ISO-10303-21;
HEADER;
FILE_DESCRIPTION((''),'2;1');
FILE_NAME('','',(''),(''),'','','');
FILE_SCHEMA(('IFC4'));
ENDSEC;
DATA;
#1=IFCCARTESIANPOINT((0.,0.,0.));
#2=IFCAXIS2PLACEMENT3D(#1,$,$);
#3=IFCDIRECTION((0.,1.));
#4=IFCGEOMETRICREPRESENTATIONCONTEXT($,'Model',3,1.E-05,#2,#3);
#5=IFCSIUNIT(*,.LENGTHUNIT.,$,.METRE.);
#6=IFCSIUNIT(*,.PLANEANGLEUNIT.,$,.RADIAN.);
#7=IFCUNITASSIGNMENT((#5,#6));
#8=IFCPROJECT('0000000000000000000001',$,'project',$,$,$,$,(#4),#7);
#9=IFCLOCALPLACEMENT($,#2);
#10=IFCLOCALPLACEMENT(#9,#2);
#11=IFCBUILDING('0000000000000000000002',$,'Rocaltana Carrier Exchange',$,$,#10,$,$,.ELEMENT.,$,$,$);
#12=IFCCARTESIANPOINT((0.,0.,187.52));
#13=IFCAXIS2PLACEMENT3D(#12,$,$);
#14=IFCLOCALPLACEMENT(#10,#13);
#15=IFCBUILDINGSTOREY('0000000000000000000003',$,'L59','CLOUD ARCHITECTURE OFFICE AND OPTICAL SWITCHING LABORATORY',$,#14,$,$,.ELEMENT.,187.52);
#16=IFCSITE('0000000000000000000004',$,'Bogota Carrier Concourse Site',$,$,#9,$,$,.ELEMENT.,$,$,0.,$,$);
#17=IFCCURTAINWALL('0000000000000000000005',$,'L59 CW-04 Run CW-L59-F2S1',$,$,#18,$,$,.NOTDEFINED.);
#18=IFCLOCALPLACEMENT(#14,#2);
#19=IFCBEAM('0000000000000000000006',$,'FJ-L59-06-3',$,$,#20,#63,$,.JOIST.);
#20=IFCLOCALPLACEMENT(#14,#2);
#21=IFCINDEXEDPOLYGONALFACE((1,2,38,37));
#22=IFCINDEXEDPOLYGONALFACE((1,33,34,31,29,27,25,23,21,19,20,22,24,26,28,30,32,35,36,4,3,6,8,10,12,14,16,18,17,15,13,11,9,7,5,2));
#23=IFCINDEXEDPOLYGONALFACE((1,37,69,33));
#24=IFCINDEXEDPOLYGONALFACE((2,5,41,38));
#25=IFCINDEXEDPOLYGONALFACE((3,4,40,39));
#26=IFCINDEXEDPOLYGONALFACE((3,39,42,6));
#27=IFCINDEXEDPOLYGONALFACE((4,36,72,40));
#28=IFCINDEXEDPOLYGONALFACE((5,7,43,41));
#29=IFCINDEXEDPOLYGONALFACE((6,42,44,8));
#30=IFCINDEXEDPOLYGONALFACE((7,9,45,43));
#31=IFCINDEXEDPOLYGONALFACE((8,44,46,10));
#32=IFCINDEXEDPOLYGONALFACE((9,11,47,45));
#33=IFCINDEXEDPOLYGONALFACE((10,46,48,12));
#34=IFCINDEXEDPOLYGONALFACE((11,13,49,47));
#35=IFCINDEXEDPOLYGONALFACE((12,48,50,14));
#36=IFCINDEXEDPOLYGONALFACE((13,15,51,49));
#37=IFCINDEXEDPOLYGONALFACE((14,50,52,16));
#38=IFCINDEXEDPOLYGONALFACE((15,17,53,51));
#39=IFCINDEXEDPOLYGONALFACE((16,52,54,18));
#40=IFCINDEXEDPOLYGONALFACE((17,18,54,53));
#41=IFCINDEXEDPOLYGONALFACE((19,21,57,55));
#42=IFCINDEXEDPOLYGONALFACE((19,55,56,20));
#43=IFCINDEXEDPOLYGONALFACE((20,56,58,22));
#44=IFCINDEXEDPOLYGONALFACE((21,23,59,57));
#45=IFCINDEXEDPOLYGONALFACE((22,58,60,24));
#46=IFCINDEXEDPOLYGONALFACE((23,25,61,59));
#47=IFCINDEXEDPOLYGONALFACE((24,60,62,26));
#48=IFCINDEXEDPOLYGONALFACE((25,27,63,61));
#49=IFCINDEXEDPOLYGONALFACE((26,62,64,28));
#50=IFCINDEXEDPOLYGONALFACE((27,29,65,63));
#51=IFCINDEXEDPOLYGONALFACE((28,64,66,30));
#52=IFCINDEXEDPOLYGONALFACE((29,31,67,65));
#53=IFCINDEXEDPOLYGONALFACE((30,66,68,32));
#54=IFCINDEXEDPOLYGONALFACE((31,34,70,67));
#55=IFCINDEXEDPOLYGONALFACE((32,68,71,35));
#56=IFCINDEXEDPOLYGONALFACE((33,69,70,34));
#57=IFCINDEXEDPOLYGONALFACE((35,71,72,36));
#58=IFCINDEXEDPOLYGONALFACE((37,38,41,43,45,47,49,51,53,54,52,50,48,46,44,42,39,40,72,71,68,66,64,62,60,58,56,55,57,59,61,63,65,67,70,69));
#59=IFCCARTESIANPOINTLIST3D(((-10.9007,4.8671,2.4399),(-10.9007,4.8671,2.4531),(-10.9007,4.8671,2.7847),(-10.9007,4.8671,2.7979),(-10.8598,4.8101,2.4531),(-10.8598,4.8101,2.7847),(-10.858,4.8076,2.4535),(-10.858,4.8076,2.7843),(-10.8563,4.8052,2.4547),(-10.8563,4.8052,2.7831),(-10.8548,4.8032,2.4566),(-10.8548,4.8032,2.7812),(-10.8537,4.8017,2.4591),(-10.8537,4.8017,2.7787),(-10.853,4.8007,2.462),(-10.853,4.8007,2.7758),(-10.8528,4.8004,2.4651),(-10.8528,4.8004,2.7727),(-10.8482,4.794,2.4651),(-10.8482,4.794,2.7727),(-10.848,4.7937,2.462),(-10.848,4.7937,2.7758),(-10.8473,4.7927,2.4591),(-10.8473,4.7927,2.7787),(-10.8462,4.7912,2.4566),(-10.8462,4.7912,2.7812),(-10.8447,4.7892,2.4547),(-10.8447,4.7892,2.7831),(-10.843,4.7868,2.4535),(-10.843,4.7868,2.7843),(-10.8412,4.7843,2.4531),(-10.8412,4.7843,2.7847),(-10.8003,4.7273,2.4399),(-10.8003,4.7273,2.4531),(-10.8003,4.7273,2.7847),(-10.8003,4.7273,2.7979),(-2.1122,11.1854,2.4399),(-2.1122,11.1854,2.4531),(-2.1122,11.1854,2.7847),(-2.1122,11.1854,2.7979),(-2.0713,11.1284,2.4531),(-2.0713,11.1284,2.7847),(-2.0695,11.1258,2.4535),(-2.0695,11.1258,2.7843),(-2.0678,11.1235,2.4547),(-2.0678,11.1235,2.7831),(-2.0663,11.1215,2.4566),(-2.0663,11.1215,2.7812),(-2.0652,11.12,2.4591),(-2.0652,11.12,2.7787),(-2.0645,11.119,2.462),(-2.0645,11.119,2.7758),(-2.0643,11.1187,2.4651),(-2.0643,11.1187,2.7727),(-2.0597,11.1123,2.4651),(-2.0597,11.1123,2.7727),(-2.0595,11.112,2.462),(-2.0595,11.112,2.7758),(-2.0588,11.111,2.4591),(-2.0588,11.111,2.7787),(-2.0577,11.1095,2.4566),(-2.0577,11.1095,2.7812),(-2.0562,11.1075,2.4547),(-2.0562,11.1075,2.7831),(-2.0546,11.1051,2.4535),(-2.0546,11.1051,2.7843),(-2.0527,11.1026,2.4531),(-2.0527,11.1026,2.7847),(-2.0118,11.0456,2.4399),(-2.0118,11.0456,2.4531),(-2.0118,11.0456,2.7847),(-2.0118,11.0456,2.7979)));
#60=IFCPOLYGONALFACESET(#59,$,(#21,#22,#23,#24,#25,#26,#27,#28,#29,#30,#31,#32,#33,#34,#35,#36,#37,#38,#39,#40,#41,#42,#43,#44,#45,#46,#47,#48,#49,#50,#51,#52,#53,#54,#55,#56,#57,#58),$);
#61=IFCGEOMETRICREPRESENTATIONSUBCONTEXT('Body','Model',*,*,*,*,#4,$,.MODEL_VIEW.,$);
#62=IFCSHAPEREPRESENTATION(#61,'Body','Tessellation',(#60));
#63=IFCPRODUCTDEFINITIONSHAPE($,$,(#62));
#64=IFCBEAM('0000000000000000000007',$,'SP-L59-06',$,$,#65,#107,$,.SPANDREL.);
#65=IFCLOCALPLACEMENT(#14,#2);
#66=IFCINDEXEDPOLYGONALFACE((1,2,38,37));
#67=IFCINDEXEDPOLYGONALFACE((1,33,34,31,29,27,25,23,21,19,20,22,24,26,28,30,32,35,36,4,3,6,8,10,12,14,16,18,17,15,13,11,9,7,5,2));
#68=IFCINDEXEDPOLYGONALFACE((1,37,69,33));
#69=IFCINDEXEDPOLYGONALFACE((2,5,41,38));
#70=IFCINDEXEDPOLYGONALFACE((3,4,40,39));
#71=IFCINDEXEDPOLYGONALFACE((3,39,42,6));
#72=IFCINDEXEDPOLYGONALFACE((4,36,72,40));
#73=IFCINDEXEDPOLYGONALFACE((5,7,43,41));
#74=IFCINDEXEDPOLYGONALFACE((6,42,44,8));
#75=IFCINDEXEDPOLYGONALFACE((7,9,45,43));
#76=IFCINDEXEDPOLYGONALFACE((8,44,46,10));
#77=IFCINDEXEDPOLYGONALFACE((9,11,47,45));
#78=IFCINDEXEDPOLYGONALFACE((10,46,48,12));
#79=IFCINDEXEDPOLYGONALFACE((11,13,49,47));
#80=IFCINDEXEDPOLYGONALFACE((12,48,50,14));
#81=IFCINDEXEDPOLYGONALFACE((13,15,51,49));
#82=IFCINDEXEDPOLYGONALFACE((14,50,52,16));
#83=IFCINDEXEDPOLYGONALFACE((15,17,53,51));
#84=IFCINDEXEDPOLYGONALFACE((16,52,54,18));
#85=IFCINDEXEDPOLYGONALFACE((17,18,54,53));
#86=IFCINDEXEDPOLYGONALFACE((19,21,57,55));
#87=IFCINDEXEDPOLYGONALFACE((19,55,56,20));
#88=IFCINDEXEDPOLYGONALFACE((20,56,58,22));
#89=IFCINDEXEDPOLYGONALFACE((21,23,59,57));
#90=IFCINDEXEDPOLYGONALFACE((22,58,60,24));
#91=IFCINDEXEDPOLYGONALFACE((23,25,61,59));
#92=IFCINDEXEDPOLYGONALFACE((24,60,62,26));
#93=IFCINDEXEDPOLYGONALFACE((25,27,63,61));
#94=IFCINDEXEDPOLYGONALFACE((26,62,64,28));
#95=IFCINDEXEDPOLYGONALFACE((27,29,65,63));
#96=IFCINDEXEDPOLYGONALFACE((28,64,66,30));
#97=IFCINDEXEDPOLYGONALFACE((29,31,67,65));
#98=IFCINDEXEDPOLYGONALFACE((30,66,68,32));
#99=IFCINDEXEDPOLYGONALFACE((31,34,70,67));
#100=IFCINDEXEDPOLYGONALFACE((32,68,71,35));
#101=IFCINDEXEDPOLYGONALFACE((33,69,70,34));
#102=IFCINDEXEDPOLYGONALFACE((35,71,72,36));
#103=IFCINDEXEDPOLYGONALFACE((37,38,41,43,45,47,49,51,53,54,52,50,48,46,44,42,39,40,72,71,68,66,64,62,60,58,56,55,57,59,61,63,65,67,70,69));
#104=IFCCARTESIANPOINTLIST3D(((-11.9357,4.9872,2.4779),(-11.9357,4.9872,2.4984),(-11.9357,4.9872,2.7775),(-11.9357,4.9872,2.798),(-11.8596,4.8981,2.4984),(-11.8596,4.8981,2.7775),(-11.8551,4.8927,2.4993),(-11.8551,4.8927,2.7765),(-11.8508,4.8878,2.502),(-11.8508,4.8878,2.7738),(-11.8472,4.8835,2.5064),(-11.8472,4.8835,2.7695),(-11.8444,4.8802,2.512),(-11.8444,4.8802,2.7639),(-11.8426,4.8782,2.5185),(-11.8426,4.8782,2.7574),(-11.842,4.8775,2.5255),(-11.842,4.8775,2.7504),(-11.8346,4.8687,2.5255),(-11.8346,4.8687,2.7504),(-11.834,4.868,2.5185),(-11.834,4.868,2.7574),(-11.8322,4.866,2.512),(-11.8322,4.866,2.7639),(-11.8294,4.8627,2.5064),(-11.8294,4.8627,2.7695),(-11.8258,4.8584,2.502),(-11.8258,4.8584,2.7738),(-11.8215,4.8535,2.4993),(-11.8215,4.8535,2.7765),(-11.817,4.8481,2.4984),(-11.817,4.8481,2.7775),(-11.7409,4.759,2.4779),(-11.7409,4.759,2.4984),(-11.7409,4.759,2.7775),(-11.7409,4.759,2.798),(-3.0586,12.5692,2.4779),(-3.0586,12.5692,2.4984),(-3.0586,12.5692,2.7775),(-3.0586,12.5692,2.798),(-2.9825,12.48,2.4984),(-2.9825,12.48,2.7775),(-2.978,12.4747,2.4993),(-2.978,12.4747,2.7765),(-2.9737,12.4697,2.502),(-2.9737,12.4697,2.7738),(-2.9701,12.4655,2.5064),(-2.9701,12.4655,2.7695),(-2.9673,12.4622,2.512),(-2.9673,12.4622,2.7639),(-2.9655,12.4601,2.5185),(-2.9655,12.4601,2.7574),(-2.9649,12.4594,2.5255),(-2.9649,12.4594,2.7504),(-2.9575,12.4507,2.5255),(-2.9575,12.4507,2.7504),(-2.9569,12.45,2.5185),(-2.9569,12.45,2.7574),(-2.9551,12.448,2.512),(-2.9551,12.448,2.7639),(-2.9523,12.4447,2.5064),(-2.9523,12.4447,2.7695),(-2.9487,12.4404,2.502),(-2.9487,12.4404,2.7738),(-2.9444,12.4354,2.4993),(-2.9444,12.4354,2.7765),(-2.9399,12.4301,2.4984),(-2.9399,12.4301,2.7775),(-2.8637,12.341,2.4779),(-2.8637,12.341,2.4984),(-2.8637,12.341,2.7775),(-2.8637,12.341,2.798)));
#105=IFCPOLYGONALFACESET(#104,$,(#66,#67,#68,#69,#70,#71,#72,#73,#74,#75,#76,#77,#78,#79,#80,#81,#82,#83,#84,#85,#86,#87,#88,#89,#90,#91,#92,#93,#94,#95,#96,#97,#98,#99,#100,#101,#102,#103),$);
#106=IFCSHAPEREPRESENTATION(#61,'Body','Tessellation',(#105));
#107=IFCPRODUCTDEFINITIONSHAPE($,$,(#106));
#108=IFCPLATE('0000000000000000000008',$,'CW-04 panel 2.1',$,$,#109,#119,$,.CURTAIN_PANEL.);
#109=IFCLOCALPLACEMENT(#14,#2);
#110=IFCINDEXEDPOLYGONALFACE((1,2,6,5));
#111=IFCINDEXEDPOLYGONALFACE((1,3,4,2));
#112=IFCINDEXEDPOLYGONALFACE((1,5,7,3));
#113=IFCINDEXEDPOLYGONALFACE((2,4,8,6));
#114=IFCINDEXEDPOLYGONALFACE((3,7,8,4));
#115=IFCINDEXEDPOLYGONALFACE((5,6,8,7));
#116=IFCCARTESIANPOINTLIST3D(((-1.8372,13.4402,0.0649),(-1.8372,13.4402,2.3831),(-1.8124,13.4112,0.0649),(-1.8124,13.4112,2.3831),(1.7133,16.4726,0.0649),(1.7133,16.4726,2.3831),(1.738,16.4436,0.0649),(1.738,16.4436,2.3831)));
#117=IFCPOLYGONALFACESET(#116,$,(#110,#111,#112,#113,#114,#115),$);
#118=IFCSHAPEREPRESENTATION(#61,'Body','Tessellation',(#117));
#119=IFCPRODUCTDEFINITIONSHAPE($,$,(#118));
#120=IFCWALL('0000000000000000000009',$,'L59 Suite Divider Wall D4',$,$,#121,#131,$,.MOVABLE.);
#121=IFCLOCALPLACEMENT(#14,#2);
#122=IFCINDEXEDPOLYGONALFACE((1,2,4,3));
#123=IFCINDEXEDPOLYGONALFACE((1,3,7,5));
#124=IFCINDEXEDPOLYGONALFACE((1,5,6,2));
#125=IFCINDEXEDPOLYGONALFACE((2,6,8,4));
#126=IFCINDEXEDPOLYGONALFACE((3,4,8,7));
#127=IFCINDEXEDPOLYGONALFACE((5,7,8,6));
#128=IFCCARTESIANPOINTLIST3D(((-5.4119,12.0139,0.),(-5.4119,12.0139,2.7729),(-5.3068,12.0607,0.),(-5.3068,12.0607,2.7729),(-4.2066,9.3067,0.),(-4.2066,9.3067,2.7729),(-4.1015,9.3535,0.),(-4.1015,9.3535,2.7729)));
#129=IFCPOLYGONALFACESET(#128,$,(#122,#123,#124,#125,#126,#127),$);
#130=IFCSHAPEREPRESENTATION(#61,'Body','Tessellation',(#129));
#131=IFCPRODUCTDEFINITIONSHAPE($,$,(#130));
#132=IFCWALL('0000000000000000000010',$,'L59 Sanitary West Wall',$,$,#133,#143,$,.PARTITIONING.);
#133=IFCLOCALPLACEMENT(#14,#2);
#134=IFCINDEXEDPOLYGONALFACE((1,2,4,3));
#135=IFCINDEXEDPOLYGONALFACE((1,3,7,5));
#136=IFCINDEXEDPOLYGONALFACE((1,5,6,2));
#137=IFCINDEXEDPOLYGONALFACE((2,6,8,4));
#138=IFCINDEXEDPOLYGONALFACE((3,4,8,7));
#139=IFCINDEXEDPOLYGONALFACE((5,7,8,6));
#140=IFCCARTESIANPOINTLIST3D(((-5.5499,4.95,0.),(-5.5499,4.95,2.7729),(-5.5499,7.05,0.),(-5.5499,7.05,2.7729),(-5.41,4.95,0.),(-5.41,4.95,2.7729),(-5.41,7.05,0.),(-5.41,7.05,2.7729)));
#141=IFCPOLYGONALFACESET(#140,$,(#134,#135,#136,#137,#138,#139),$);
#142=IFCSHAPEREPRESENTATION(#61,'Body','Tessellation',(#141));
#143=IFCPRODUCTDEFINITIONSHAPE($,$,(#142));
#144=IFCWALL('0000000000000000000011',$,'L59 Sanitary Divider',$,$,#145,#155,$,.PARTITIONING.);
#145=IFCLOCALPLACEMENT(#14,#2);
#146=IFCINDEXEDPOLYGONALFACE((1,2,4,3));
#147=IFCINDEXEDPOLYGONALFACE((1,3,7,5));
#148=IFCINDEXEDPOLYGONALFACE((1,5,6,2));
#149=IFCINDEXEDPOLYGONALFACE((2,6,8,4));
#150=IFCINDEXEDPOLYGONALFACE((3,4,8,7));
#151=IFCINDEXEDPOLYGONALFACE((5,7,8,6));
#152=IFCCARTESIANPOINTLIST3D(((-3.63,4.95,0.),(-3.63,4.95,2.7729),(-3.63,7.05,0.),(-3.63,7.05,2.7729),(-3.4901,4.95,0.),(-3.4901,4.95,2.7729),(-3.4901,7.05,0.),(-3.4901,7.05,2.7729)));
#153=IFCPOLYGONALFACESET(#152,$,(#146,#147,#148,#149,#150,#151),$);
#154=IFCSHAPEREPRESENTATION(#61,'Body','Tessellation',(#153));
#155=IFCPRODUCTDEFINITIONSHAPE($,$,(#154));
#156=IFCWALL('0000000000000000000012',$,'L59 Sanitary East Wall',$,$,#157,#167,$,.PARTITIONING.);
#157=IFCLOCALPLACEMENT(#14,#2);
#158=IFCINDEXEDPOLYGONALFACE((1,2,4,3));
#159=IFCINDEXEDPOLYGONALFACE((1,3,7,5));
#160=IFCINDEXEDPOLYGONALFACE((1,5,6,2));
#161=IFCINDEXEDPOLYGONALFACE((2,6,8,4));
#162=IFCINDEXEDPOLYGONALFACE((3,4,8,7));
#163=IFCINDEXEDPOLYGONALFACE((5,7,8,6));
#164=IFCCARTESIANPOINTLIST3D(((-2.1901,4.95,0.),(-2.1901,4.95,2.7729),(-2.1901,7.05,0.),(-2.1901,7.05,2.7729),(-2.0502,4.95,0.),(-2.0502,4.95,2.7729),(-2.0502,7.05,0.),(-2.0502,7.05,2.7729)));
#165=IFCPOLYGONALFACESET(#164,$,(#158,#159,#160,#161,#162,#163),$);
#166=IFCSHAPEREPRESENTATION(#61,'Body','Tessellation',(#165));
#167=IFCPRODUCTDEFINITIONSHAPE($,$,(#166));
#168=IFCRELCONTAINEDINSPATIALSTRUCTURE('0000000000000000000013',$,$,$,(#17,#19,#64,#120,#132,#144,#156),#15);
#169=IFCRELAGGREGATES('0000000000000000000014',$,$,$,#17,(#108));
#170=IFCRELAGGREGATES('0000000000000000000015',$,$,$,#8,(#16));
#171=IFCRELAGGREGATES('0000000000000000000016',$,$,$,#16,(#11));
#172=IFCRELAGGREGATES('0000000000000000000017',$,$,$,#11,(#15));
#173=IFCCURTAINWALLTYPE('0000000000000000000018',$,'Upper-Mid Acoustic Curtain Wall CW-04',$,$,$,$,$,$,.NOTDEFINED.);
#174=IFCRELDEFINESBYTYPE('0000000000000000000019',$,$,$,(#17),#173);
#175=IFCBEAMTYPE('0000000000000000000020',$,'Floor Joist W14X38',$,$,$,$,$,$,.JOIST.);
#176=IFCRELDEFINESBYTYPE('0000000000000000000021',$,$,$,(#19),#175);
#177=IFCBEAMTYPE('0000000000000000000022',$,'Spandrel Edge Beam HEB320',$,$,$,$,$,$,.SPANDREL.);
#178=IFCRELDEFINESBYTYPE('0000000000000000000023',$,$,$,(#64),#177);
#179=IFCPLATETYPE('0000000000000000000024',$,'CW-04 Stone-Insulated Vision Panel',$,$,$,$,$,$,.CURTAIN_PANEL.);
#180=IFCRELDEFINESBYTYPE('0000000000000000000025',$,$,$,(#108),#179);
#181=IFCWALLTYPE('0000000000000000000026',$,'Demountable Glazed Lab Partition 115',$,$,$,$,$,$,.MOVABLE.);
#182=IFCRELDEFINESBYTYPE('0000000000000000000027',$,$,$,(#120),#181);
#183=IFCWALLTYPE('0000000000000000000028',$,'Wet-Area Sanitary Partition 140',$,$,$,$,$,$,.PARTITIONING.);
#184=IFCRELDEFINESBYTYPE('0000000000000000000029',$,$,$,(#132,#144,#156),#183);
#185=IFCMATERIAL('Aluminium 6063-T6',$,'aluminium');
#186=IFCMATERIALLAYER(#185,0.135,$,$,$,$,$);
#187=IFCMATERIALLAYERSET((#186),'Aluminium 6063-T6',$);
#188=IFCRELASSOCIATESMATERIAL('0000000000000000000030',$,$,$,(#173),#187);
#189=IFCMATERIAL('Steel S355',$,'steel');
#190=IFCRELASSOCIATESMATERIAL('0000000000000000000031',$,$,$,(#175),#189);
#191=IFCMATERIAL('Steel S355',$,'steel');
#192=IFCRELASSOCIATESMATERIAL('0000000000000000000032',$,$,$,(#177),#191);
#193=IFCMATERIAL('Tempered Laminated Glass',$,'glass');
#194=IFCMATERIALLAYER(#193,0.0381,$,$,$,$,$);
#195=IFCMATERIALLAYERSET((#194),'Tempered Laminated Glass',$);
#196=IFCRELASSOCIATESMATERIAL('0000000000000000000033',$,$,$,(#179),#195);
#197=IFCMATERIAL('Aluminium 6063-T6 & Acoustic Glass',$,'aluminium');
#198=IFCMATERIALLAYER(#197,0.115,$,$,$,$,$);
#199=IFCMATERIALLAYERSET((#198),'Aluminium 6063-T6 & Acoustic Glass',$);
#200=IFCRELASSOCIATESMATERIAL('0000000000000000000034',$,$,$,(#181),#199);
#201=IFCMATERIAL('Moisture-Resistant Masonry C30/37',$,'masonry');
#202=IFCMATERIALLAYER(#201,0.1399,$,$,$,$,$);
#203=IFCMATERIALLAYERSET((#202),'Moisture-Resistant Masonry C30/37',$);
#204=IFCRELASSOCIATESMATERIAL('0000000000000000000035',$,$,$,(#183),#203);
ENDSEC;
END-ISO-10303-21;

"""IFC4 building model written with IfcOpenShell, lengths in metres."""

from ifc_helpers import new_model, si_unit, direction, frame, frame_2d, origin, origin_2d, place, context, subcontext, project, spatial, rectangle, i_section, extrude, material, layer, layer_set, material_profile, profile_set, type_object, element, aggregate, save


model = new_model("IFC4")

# Units and contexts
model_context = context("Model", 3, precision=1e-05, world=origin(), true_north=direction((0.0, 1.0)))
body_context = subcontext(model_context, "Body", "Model", "MODEL_VIEW")
ifc_project = project(units=[si_unit("LENGTHUNIT", "METRE"), si_unit("PLANEANGLEUNIT", "RADIAN")], contexts=[model_context])

# Site, building, storey
site_placement = place(None, origin())
site = spatial("IfcSite", under=ifc_project, at=site_placement, Name="Bogota Carrier Concourse Site", CompositionType="ELEMENT", RefElevation=0.0)
building_placement = place(site_placement, origin())
building = spatial("IfcBuilding", under=site, at=building_placement, Name="Rocaltana Carrier Exchange", CompositionType="ELEMENT")
storey_placement = place(building_placement, frame((0.0, 0.0, 187.52)))
storey = spatial("IfcBuildingStorey", under=building, at=storey_placement, Name="L59", Description="CLOUD ARCHITECTURE OFFICE AND OPTICAL SWITCHING LABORATORY", CompositionType="ELEMENT", Elevation=187.52)

# Curtain wall
ifc_material_1 = material(Name="Aluminium 6063-T6", Category="aluminium")
ifc_layer_1 = layer(ifc_material_1, 0.135)
ifc_layer_set_1 = layer_set([ifc_layer_1], Name="Aluminium 6063-T6")
curtain_wall_type = type_object("IfcCurtainWallType", Name="Upper-Mid Acoustic Curtain Wall CW-04", PredefinedType="NOTDEFINED", material=ifc_layer_set_1)
curtain_wall_1_placement = place(storey_placement, origin())
curtain_wall_1 = element("IfcCurtainWall", 1, at=curtain_wall_1_placement, inside=storey, type_object=curtain_wall_type, Name="L59 CW-04 Run CW-L59-F2S1", PredefinedType="NOTDEFINED")

# Beams
ifc_material_2 = material(Name="Steel S355", Category="steel")
ifc_material_profile_1 = material_profile(ifc_material_2, i_section(OverallWidth=0.1721, OverallDepth=0.3579, WebThickness=0.0078, FlangeThickness=0.0132, FilletRadius=0.012, at=origin_2d()), Name="W14X38")
ifc_profile_set_1 = profile_set([ifc_material_profile_1], Name="Steel S355")
beam_type_1 = type_object("IfcBeamType", Name="Floor Joist W14X38", PredefinedType="JOIST", material=ifc_profile_set_1)
beam_1_placement = place(storey_placement, frame((-2.062, 11.1155, 2.6189), z_axis=(-0.811947, -0.583732, 0.0), x_axis=(0.583732, -0.811947, 0.0)))
element("IfcBeam", 2, at=beam_1_placement, inside=storey, type_object=beam_type_1, Name="FJ-L59-06-3", PredefinedType="JOIST", context=body_context, shape_type="SweptSolid", body=[
    extrude(i_section(OverallWidth=0.1721, OverallDepth=0.3579, WebThickness=0.0078, FlangeThickness=0.0132, FilletRadius=0.012, at=origin_2d()), origin(), (0.0, 0.0, 1.0), 10.824),
])
ifc_material_3 = material(Name="Steel S355", Category="steel")
ifc_material_profile_2 = material_profile(ifc_material_3, i_section(OverallWidth=0.3, OverallDepth=0.3201, WebThickness=0.0115, FlangeThickness=0.0205, FilletRadius=0.0271, at=origin_2d()), Name="HEB320")
ifc_profile_set_2 = profile_set([ifc_material_profile_2], Name="Steel S355")
beam_type_2 = type_object("IfcBeamType", Name="Spandrel Edge Beam HEB320", PredefinedType="SPANDREL", material=ifc_profile_set_2)
beam_2_placement = place(storey_placement, frame((-2.9612, 12.4551, 2.6379), z_axis=(-0.760398, -0.649457, 0.0), x_axis=(0.649457, -0.760398, 0.0)))
element("IfcBeam", 3, at=beam_2_placement, inside=storey, type_object=beam_type_2, Name="SP-L59-06", PredefinedType="SPANDREL", context=body_context, shape_type="SweptSolid", body=[
    extrude(i_section(OverallWidth=0.3, OverallDepth=0.3201, WebThickness=0.0115, FlangeThickness=0.0205, FilletRadius=0.0271, at=origin_2d()), origin(), (0.0, 0.0, 1.0), 11.6743),
])

# Plate
ifc_material_4 = material(Name="Tempered Laminated Glass", Category="glass")
ifc_layer_2 = layer(ifc_material_4, 0.0381)
ifc_layer_set_2 = layer_set([ifc_layer_2], Name="Tempered Laminated Glass")
plate_type = type_object("IfcPlateType", Name="CW-04 Stone-Insulated Vision Panel", PredefinedType="CURTAIN_PANEL", material=ifc_layer_set_2)
plate_placement = place(storey_placement, frame((-0.0496, 14.9419, 0.0649), z_axis=(0.0, 0.0, 1.0), x_axis=(-0.760406, -0.649448, 0.0)))
plate = element("IfcPlate", 4, at=plate_placement, type_object=plate_type, Name="CW-04 panel 2.1", PredefinedType="CURTAIN_PANEL", context=body_context, shape_type="SweptSolid", body=[
    extrude(rectangle(XDim=4.6692, YDim=0.0381, at=origin_2d()), origin(), (0.0, 0.0, 1.0), 2.3181),
])
aggregate(curtain_wall_1, [plate])

# Walls
ifc_material_5 = material(Name="Aluminium 6063-T6 & Acoustic Glass", Category="aluminium")
ifc_layer_3 = layer(ifc_material_5, 0.115)
ifc_layer_set_3 = layer_set([ifc_layer_3], Name="Aluminium 6063-T6 & Acoustic Glass")
wall_type_1 = type_object("IfcWallType", Name="Demountable Glazed Lab Partition 115", PredefinedType="MOVABLE", material=ifc_layer_set_3)
wall_1_placement = place(storey_placement, frame((-4.1541, 9.3301, 0.0), z_axis=(0.0, 0.0, 1.0), x_axis=(-0.406727, 0.91355, 0.0)))
element("IfcWall", 5, at=wall_1_placement, inside=storey, type_object=wall_type_1, Name="L59 Suite Divider Wall D4", PredefinedType="MOVABLE", context=body_context, shape_type="SweptSolid", body=[
    extrude(rectangle(XDim=2.9634, YDim=0.115, at=frame_2d((1.4817, 0.0))), origin(), (0.0, 0.0, 1.0), 2.7729),
])
ifc_material_6 = material(Name="Moisture-Resistant Masonry C30/37", Category="masonry")
ifc_layer_4 = layer(ifc_material_6, 0.1399)
ifc_layer_set_4 = layer_set([ifc_layer_4], Name="Moisture-Resistant Masonry C30/37")
wall_type_2 = type_object("IfcWallType", Name="Wet-Area Sanitary Partition 140", PredefinedType="PARTITIONING", material=ifc_layer_set_4)
for number, where, z_axis, x_axis, name in (
    (6, (-5.48, 4.95, 0.0), (0.0, 0.0, 1.0), (0.0, 1.0, 0.0), "L59 Sanitary West Wall"),
    (7, (-3.5601, 4.95, 0.0), (0.0, 0.0, 1.0), (0.0, 1.0, 0.0), "L59 Sanitary Divider"),
    (8, (-2.1201, 4.95, 0.0), (0.0, 0.0, 1.0), (0.0, 1.0, 0.0), "L59 Sanitary East Wall"),
):
    element("IfcWall", number, at=place(storey_placement, frame(where, z_axis=z_axis, x_axis=x_axis)), inside=storey, type_object=wall_type_2, Name=name, PredefinedType="PARTITIONING", context=body_context, shape_type="SweptSolid", body=[
        extrude(rectangle(XDim=2.1001, YDim=0.1399, at=frame_2d((1.05, 0.0))), origin(), (0.0, 0.0, 1.0), 2.7729),
    ])

save(model, "model.ifc")
